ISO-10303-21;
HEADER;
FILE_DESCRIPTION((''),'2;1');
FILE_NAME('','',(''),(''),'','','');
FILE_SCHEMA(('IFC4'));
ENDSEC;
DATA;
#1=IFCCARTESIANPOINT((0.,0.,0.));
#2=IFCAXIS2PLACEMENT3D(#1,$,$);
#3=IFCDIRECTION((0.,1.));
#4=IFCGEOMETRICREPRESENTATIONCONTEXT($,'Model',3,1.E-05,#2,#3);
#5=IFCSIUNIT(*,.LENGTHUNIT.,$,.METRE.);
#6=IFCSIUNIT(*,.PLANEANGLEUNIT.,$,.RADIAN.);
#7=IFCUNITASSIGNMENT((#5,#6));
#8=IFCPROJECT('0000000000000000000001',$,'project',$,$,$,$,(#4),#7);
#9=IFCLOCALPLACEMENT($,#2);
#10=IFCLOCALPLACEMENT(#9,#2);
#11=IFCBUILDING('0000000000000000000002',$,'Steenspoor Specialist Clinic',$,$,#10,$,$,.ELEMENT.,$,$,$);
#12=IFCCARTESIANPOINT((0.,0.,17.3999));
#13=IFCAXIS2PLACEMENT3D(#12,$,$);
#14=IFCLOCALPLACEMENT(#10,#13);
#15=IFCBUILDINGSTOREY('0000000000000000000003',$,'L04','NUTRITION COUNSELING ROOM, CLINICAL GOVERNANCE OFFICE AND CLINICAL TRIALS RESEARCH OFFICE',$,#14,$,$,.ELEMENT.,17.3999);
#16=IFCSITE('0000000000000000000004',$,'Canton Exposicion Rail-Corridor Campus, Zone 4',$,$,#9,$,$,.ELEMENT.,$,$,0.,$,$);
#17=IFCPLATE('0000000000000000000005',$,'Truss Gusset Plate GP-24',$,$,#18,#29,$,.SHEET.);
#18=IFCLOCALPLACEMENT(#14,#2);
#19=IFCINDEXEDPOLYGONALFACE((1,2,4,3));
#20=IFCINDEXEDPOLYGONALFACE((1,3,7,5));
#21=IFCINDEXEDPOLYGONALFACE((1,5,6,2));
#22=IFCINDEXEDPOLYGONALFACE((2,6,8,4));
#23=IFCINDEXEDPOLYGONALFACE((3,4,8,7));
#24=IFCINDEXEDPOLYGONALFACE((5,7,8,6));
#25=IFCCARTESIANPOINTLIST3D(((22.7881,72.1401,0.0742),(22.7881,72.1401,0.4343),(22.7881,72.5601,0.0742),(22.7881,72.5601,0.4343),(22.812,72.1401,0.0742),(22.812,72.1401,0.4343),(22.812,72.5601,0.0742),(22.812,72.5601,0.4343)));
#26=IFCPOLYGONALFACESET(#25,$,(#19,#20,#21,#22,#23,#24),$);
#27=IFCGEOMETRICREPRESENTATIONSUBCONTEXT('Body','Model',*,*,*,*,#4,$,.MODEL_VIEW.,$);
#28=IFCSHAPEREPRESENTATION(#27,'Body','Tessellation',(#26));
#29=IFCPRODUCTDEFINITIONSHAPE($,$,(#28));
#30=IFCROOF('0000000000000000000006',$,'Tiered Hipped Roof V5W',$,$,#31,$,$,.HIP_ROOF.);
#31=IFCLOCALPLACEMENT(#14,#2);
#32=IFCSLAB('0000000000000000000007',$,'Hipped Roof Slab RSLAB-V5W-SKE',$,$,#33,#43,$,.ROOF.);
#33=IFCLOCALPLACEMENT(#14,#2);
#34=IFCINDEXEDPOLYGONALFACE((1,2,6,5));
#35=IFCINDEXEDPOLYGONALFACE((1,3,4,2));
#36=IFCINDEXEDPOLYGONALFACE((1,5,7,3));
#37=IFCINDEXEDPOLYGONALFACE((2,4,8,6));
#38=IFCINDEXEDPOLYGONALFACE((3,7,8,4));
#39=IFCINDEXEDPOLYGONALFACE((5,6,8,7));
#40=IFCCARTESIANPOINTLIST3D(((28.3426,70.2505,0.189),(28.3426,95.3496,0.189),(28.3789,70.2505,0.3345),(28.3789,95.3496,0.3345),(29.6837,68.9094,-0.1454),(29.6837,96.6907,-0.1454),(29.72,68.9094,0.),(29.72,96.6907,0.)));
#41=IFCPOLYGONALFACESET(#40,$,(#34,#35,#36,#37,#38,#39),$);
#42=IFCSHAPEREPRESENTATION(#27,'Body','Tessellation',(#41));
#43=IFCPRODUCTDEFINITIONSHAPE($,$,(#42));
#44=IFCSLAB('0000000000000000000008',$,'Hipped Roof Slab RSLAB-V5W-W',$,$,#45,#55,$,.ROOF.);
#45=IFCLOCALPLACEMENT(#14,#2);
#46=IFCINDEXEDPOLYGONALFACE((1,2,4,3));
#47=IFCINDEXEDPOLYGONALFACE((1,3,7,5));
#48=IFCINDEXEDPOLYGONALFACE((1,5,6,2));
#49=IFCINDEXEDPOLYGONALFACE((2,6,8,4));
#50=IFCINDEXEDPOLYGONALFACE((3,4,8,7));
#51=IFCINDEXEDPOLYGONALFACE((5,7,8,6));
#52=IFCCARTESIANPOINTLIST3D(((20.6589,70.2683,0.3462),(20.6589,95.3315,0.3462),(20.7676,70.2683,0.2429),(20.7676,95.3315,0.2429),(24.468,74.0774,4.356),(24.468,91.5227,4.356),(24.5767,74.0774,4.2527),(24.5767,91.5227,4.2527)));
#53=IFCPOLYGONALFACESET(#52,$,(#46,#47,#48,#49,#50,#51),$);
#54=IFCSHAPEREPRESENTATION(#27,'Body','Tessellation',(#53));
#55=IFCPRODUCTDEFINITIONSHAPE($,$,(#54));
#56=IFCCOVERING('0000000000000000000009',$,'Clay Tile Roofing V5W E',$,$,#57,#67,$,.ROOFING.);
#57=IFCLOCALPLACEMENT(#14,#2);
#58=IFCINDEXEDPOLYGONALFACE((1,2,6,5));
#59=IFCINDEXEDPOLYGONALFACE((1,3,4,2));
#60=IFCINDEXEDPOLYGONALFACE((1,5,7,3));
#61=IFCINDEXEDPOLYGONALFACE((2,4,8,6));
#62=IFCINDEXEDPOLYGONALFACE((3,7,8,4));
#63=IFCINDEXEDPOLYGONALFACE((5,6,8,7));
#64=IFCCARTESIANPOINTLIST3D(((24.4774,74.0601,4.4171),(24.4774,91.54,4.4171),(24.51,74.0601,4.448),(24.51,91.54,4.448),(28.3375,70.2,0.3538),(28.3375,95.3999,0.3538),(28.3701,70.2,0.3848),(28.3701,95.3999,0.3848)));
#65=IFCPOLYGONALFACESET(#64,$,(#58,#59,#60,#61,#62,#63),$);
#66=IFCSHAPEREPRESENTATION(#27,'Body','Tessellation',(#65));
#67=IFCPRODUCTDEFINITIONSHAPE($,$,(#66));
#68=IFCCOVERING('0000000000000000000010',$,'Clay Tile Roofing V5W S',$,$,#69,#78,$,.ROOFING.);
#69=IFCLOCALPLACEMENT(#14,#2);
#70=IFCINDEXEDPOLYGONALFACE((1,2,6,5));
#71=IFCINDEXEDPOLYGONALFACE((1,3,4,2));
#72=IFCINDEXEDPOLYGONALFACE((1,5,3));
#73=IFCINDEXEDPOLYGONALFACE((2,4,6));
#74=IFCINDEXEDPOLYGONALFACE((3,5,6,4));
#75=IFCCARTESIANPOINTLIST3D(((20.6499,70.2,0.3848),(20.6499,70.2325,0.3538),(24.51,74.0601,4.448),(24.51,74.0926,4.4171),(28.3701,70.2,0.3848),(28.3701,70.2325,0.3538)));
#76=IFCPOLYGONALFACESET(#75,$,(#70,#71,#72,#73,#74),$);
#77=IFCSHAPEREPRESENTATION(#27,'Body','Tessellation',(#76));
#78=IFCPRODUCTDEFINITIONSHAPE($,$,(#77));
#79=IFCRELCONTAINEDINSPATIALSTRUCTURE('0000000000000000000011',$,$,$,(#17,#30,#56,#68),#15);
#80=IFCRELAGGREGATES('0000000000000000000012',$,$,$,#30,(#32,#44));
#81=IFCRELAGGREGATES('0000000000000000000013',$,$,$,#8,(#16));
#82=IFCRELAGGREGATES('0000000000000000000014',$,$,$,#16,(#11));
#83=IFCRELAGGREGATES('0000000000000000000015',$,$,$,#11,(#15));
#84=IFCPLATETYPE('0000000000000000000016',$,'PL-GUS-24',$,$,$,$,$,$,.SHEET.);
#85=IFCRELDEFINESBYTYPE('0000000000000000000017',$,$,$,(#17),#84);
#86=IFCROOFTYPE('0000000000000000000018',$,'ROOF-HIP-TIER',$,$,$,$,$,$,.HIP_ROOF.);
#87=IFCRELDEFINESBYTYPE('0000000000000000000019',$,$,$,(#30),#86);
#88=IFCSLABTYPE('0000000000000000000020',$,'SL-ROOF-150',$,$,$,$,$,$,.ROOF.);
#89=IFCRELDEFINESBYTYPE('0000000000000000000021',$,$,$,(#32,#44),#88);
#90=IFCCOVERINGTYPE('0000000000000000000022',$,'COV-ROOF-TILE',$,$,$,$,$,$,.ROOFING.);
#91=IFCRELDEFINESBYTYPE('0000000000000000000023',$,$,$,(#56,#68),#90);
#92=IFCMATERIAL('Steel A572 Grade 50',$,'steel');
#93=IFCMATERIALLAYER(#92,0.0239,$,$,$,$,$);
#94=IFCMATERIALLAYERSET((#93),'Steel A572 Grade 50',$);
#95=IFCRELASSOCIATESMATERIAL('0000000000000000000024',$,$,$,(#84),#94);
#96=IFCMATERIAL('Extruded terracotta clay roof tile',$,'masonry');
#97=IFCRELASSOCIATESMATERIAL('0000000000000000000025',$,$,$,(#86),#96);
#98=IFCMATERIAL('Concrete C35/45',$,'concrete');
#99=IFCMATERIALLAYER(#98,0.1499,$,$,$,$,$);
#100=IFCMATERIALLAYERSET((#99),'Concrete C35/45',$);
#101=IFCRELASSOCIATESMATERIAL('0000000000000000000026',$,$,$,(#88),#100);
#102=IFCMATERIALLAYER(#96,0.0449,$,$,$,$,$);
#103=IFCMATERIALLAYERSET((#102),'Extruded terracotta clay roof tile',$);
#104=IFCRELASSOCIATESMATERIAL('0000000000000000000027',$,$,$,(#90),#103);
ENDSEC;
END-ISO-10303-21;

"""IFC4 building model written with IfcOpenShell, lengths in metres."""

from ifc_helpers import new_model, si_unit, direction, frame, origin, origin_2d, place, context, subcontext, project, spatial, polyline, rectangle, outline, extrude, material, layer, layer_set, type_object, element, aggregate, save


model = new_model("IFC4")

# Units and contexts
model_context = context("Model", 3, precision=1e-05, world=origin(), true_north=direction((0.0, 1.0)))
body_context = subcontext(model_context, "Body", "Model", "MODEL_VIEW")
ifc_project = project(units=[si_unit("LENGTHUNIT", "METRE"), si_unit("PLANEANGLEUNIT", "RADIAN")], contexts=[model_context])

# Site, building, storey
site_placement = place(None, origin())
site = spatial("IfcSite", under=ifc_project, at=site_placement, Name="Canton Exposicion Rail-Corridor Campus, Zone 4", CompositionType="ELEMENT", RefElevation=0.0)
building_placement = place(site_placement, origin())
building = spatial("IfcBuilding", under=site, at=building_placement, Name="Steenspoor Specialist Clinic", CompositionType="ELEMENT")
storey_placement = place(building_placement, frame((0.0, 0.0, 17.3999)))
storey = spatial("IfcBuildingStorey", under=building, at=storey_placement, Name="L04", Description="NUTRITION COUNSELING ROOM, CLINICAL GOVERNANCE OFFICE AND CLINICAL TRIALS RESEARCH OFFICE", CompositionType="ELEMENT", Elevation=17.3999)

# Plate
ifc_material_1 = material(Name="Steel A572 Grade 50", Category="steel")
ifc_layer_1 = layer(ifc_material_1, 0.0239)
ifc_layer_set_1 = layer_set([ifc_layer_1], Name="Steel A572 Grade 50")
plate_type = type_object("IfcPlateType", Name="PL-GUS-24", PredefinedType="SHEET", material=ifc_layer_set_1)
plate_placement = place(storey_placement, frame((22.8, 72.3501, 0.0742), z_axis=(0.0, 0.0, 1.0), x_axis=(1.0, 0.0, 0.0)))
element("IfcPlate", 1, at=plate_placement, inside=storey, type_object=plate_type, Name="Truss Gusset Plate GP-24", PredefinedType="SHEET", context=body_context, shape_type="SweptSolid", body=[
    extrude(rectangle(XDim=0.0239, YDim=0.4199, at=origin_2d()), origin(), (0.0, 0.0, 1.0), 0.3601),
])

# Roof, slabs
ifc_material_2 = material(Name="Extruded terracotta clay roof tile", Category="masonry")
roof_type = type_object("IfcRoofType", Name="ROOF-HIP-TIER", PredefinedType="HIP_ROOF", material=ifc_material_2)
roof_placement = place(storey_placement, origin())
roof = element("IfcRoof", 2, at=roof_placement, inside=storey, type_object=roof_type, Name="Tiered Hipped Roof V5W", PredefinedType="HIP_ROOF")
ifc_material_3 = material(Name="Concrete C35/45", Category="concrete")
ifc_layer_2 = layer(ifc_material_3, 0.1499)
ifc_layer_set_2 = layer_set([ifc_layer_2], Name="Concrete C35/45")
slab_type = type_object("IfcSlabType", Name="SL-ROOF-150", PredefinedType="ROOF", material=ifc_layer_set_2)
slab_1_placement = place(storey_placement, frame((28.3789, 70.2505, 0.3345), z_axis=(0.241995, 0.0, 0.970277), x_axis=(0.696361, -0.696361, -0.173678)))
slab_1 = element("IfcSlab", 3, at=slab_1_placement, type_object=slab_type, Name="Hipped Roof Slab RSLAB-V5W-SKE", PredefinedType="ROOF", context=body_context, shape_type="SweptSolid", body=[
    extrude(outline(polyline([(0.0, 0.0), (1.9258, 0.0), (-17.4199, 19.9384), (-17.478, 18.0134), (0.0, 0.0)])), origin(), (0.0, 0.0, -1.0), 0.1499),
])
slab_2_placement = place(storey_placement, frame((20.6589, 70.2683, 0.3462), z_axis=(-0.725017, 0.0, 0.688731), x_axis=(0.567217, 0.567217, 0.597101)))
slab_2 = element("IfcSlab", 4, at=slab_2_placement, type_object=slab_type, Name="Hipped Roof Slab RSLAB-V5W-W", PredefinedType="ROOF", context=body_context, shape_type="SweptSolid", body=[
    extrude(outline(polyline([(0.0, 0.0), (6.7154, 0.0), (16.6107, 14.3674), (14.2163, 20.6413), (0.0, 0.0)])), origin(), (0.0, 0.0, -1.0), 0.1499),
])
aggregate(roof, [slab_1, slab_2])

# Coverings
ifc_layer_3 = layer(ifc_material_2, 0.0449)
ifc_layer_set_3 = layer_set([ifc_layer_3], Name="Extruded terracotta clay roof tile")
covering_type = type_object("IfcCoveringType", Name="COV-ROOF-TILE", PredefinedType="ROOFING", material=ifc_layer_set_3)
covering_1_placement = place(storey_placement, frame((28.3701, 70.2, 0.3848), z_axis=(0.724996, 0.0, 0.688753), x_axis=(0.0, 1.0, 0.0)))
element("IfcCovering", 5, at=covering_1_placement, inside=storey, type_object=covering_type, Name="Clay Tile Roofing V5W E", PredefinedType="ROOFING", context=body_context, shape_type="SweptSolid", body=[
    extrude(outline(polyline([(0.0, 0.0), (25.2, 0.0), (21.3401, 5.6045), (3.8601, 5.6045), (0.0, 0.0)])), origin(), (0.0, 0.0, -1.0), 0.0449),
])
covering_2_placement = place(storey_placement, frame((20.6499, 70.2, 0.3848), z_axis=(0.0, -0.724996, 0.688753), x_axis=(1.0, 0.0, 0.0)))
element("IfcCovering", 6, at=covering_2_placement, inside=storey, type_object=covering_type, Name="Clay Tile Roofing V5W S", PredefinedType="ROOFING", context=body_context, shape_type="SweptSolid", body=[
    extrude(outline(polyline([(0.0, 0.0), (7.7202, 0.0), (3.8601, 5.6045), (0.0, 0.0)])), origin(), (0.0, 0.0, -1.0), 0.0449),
])

save(model, "model.ifc")
